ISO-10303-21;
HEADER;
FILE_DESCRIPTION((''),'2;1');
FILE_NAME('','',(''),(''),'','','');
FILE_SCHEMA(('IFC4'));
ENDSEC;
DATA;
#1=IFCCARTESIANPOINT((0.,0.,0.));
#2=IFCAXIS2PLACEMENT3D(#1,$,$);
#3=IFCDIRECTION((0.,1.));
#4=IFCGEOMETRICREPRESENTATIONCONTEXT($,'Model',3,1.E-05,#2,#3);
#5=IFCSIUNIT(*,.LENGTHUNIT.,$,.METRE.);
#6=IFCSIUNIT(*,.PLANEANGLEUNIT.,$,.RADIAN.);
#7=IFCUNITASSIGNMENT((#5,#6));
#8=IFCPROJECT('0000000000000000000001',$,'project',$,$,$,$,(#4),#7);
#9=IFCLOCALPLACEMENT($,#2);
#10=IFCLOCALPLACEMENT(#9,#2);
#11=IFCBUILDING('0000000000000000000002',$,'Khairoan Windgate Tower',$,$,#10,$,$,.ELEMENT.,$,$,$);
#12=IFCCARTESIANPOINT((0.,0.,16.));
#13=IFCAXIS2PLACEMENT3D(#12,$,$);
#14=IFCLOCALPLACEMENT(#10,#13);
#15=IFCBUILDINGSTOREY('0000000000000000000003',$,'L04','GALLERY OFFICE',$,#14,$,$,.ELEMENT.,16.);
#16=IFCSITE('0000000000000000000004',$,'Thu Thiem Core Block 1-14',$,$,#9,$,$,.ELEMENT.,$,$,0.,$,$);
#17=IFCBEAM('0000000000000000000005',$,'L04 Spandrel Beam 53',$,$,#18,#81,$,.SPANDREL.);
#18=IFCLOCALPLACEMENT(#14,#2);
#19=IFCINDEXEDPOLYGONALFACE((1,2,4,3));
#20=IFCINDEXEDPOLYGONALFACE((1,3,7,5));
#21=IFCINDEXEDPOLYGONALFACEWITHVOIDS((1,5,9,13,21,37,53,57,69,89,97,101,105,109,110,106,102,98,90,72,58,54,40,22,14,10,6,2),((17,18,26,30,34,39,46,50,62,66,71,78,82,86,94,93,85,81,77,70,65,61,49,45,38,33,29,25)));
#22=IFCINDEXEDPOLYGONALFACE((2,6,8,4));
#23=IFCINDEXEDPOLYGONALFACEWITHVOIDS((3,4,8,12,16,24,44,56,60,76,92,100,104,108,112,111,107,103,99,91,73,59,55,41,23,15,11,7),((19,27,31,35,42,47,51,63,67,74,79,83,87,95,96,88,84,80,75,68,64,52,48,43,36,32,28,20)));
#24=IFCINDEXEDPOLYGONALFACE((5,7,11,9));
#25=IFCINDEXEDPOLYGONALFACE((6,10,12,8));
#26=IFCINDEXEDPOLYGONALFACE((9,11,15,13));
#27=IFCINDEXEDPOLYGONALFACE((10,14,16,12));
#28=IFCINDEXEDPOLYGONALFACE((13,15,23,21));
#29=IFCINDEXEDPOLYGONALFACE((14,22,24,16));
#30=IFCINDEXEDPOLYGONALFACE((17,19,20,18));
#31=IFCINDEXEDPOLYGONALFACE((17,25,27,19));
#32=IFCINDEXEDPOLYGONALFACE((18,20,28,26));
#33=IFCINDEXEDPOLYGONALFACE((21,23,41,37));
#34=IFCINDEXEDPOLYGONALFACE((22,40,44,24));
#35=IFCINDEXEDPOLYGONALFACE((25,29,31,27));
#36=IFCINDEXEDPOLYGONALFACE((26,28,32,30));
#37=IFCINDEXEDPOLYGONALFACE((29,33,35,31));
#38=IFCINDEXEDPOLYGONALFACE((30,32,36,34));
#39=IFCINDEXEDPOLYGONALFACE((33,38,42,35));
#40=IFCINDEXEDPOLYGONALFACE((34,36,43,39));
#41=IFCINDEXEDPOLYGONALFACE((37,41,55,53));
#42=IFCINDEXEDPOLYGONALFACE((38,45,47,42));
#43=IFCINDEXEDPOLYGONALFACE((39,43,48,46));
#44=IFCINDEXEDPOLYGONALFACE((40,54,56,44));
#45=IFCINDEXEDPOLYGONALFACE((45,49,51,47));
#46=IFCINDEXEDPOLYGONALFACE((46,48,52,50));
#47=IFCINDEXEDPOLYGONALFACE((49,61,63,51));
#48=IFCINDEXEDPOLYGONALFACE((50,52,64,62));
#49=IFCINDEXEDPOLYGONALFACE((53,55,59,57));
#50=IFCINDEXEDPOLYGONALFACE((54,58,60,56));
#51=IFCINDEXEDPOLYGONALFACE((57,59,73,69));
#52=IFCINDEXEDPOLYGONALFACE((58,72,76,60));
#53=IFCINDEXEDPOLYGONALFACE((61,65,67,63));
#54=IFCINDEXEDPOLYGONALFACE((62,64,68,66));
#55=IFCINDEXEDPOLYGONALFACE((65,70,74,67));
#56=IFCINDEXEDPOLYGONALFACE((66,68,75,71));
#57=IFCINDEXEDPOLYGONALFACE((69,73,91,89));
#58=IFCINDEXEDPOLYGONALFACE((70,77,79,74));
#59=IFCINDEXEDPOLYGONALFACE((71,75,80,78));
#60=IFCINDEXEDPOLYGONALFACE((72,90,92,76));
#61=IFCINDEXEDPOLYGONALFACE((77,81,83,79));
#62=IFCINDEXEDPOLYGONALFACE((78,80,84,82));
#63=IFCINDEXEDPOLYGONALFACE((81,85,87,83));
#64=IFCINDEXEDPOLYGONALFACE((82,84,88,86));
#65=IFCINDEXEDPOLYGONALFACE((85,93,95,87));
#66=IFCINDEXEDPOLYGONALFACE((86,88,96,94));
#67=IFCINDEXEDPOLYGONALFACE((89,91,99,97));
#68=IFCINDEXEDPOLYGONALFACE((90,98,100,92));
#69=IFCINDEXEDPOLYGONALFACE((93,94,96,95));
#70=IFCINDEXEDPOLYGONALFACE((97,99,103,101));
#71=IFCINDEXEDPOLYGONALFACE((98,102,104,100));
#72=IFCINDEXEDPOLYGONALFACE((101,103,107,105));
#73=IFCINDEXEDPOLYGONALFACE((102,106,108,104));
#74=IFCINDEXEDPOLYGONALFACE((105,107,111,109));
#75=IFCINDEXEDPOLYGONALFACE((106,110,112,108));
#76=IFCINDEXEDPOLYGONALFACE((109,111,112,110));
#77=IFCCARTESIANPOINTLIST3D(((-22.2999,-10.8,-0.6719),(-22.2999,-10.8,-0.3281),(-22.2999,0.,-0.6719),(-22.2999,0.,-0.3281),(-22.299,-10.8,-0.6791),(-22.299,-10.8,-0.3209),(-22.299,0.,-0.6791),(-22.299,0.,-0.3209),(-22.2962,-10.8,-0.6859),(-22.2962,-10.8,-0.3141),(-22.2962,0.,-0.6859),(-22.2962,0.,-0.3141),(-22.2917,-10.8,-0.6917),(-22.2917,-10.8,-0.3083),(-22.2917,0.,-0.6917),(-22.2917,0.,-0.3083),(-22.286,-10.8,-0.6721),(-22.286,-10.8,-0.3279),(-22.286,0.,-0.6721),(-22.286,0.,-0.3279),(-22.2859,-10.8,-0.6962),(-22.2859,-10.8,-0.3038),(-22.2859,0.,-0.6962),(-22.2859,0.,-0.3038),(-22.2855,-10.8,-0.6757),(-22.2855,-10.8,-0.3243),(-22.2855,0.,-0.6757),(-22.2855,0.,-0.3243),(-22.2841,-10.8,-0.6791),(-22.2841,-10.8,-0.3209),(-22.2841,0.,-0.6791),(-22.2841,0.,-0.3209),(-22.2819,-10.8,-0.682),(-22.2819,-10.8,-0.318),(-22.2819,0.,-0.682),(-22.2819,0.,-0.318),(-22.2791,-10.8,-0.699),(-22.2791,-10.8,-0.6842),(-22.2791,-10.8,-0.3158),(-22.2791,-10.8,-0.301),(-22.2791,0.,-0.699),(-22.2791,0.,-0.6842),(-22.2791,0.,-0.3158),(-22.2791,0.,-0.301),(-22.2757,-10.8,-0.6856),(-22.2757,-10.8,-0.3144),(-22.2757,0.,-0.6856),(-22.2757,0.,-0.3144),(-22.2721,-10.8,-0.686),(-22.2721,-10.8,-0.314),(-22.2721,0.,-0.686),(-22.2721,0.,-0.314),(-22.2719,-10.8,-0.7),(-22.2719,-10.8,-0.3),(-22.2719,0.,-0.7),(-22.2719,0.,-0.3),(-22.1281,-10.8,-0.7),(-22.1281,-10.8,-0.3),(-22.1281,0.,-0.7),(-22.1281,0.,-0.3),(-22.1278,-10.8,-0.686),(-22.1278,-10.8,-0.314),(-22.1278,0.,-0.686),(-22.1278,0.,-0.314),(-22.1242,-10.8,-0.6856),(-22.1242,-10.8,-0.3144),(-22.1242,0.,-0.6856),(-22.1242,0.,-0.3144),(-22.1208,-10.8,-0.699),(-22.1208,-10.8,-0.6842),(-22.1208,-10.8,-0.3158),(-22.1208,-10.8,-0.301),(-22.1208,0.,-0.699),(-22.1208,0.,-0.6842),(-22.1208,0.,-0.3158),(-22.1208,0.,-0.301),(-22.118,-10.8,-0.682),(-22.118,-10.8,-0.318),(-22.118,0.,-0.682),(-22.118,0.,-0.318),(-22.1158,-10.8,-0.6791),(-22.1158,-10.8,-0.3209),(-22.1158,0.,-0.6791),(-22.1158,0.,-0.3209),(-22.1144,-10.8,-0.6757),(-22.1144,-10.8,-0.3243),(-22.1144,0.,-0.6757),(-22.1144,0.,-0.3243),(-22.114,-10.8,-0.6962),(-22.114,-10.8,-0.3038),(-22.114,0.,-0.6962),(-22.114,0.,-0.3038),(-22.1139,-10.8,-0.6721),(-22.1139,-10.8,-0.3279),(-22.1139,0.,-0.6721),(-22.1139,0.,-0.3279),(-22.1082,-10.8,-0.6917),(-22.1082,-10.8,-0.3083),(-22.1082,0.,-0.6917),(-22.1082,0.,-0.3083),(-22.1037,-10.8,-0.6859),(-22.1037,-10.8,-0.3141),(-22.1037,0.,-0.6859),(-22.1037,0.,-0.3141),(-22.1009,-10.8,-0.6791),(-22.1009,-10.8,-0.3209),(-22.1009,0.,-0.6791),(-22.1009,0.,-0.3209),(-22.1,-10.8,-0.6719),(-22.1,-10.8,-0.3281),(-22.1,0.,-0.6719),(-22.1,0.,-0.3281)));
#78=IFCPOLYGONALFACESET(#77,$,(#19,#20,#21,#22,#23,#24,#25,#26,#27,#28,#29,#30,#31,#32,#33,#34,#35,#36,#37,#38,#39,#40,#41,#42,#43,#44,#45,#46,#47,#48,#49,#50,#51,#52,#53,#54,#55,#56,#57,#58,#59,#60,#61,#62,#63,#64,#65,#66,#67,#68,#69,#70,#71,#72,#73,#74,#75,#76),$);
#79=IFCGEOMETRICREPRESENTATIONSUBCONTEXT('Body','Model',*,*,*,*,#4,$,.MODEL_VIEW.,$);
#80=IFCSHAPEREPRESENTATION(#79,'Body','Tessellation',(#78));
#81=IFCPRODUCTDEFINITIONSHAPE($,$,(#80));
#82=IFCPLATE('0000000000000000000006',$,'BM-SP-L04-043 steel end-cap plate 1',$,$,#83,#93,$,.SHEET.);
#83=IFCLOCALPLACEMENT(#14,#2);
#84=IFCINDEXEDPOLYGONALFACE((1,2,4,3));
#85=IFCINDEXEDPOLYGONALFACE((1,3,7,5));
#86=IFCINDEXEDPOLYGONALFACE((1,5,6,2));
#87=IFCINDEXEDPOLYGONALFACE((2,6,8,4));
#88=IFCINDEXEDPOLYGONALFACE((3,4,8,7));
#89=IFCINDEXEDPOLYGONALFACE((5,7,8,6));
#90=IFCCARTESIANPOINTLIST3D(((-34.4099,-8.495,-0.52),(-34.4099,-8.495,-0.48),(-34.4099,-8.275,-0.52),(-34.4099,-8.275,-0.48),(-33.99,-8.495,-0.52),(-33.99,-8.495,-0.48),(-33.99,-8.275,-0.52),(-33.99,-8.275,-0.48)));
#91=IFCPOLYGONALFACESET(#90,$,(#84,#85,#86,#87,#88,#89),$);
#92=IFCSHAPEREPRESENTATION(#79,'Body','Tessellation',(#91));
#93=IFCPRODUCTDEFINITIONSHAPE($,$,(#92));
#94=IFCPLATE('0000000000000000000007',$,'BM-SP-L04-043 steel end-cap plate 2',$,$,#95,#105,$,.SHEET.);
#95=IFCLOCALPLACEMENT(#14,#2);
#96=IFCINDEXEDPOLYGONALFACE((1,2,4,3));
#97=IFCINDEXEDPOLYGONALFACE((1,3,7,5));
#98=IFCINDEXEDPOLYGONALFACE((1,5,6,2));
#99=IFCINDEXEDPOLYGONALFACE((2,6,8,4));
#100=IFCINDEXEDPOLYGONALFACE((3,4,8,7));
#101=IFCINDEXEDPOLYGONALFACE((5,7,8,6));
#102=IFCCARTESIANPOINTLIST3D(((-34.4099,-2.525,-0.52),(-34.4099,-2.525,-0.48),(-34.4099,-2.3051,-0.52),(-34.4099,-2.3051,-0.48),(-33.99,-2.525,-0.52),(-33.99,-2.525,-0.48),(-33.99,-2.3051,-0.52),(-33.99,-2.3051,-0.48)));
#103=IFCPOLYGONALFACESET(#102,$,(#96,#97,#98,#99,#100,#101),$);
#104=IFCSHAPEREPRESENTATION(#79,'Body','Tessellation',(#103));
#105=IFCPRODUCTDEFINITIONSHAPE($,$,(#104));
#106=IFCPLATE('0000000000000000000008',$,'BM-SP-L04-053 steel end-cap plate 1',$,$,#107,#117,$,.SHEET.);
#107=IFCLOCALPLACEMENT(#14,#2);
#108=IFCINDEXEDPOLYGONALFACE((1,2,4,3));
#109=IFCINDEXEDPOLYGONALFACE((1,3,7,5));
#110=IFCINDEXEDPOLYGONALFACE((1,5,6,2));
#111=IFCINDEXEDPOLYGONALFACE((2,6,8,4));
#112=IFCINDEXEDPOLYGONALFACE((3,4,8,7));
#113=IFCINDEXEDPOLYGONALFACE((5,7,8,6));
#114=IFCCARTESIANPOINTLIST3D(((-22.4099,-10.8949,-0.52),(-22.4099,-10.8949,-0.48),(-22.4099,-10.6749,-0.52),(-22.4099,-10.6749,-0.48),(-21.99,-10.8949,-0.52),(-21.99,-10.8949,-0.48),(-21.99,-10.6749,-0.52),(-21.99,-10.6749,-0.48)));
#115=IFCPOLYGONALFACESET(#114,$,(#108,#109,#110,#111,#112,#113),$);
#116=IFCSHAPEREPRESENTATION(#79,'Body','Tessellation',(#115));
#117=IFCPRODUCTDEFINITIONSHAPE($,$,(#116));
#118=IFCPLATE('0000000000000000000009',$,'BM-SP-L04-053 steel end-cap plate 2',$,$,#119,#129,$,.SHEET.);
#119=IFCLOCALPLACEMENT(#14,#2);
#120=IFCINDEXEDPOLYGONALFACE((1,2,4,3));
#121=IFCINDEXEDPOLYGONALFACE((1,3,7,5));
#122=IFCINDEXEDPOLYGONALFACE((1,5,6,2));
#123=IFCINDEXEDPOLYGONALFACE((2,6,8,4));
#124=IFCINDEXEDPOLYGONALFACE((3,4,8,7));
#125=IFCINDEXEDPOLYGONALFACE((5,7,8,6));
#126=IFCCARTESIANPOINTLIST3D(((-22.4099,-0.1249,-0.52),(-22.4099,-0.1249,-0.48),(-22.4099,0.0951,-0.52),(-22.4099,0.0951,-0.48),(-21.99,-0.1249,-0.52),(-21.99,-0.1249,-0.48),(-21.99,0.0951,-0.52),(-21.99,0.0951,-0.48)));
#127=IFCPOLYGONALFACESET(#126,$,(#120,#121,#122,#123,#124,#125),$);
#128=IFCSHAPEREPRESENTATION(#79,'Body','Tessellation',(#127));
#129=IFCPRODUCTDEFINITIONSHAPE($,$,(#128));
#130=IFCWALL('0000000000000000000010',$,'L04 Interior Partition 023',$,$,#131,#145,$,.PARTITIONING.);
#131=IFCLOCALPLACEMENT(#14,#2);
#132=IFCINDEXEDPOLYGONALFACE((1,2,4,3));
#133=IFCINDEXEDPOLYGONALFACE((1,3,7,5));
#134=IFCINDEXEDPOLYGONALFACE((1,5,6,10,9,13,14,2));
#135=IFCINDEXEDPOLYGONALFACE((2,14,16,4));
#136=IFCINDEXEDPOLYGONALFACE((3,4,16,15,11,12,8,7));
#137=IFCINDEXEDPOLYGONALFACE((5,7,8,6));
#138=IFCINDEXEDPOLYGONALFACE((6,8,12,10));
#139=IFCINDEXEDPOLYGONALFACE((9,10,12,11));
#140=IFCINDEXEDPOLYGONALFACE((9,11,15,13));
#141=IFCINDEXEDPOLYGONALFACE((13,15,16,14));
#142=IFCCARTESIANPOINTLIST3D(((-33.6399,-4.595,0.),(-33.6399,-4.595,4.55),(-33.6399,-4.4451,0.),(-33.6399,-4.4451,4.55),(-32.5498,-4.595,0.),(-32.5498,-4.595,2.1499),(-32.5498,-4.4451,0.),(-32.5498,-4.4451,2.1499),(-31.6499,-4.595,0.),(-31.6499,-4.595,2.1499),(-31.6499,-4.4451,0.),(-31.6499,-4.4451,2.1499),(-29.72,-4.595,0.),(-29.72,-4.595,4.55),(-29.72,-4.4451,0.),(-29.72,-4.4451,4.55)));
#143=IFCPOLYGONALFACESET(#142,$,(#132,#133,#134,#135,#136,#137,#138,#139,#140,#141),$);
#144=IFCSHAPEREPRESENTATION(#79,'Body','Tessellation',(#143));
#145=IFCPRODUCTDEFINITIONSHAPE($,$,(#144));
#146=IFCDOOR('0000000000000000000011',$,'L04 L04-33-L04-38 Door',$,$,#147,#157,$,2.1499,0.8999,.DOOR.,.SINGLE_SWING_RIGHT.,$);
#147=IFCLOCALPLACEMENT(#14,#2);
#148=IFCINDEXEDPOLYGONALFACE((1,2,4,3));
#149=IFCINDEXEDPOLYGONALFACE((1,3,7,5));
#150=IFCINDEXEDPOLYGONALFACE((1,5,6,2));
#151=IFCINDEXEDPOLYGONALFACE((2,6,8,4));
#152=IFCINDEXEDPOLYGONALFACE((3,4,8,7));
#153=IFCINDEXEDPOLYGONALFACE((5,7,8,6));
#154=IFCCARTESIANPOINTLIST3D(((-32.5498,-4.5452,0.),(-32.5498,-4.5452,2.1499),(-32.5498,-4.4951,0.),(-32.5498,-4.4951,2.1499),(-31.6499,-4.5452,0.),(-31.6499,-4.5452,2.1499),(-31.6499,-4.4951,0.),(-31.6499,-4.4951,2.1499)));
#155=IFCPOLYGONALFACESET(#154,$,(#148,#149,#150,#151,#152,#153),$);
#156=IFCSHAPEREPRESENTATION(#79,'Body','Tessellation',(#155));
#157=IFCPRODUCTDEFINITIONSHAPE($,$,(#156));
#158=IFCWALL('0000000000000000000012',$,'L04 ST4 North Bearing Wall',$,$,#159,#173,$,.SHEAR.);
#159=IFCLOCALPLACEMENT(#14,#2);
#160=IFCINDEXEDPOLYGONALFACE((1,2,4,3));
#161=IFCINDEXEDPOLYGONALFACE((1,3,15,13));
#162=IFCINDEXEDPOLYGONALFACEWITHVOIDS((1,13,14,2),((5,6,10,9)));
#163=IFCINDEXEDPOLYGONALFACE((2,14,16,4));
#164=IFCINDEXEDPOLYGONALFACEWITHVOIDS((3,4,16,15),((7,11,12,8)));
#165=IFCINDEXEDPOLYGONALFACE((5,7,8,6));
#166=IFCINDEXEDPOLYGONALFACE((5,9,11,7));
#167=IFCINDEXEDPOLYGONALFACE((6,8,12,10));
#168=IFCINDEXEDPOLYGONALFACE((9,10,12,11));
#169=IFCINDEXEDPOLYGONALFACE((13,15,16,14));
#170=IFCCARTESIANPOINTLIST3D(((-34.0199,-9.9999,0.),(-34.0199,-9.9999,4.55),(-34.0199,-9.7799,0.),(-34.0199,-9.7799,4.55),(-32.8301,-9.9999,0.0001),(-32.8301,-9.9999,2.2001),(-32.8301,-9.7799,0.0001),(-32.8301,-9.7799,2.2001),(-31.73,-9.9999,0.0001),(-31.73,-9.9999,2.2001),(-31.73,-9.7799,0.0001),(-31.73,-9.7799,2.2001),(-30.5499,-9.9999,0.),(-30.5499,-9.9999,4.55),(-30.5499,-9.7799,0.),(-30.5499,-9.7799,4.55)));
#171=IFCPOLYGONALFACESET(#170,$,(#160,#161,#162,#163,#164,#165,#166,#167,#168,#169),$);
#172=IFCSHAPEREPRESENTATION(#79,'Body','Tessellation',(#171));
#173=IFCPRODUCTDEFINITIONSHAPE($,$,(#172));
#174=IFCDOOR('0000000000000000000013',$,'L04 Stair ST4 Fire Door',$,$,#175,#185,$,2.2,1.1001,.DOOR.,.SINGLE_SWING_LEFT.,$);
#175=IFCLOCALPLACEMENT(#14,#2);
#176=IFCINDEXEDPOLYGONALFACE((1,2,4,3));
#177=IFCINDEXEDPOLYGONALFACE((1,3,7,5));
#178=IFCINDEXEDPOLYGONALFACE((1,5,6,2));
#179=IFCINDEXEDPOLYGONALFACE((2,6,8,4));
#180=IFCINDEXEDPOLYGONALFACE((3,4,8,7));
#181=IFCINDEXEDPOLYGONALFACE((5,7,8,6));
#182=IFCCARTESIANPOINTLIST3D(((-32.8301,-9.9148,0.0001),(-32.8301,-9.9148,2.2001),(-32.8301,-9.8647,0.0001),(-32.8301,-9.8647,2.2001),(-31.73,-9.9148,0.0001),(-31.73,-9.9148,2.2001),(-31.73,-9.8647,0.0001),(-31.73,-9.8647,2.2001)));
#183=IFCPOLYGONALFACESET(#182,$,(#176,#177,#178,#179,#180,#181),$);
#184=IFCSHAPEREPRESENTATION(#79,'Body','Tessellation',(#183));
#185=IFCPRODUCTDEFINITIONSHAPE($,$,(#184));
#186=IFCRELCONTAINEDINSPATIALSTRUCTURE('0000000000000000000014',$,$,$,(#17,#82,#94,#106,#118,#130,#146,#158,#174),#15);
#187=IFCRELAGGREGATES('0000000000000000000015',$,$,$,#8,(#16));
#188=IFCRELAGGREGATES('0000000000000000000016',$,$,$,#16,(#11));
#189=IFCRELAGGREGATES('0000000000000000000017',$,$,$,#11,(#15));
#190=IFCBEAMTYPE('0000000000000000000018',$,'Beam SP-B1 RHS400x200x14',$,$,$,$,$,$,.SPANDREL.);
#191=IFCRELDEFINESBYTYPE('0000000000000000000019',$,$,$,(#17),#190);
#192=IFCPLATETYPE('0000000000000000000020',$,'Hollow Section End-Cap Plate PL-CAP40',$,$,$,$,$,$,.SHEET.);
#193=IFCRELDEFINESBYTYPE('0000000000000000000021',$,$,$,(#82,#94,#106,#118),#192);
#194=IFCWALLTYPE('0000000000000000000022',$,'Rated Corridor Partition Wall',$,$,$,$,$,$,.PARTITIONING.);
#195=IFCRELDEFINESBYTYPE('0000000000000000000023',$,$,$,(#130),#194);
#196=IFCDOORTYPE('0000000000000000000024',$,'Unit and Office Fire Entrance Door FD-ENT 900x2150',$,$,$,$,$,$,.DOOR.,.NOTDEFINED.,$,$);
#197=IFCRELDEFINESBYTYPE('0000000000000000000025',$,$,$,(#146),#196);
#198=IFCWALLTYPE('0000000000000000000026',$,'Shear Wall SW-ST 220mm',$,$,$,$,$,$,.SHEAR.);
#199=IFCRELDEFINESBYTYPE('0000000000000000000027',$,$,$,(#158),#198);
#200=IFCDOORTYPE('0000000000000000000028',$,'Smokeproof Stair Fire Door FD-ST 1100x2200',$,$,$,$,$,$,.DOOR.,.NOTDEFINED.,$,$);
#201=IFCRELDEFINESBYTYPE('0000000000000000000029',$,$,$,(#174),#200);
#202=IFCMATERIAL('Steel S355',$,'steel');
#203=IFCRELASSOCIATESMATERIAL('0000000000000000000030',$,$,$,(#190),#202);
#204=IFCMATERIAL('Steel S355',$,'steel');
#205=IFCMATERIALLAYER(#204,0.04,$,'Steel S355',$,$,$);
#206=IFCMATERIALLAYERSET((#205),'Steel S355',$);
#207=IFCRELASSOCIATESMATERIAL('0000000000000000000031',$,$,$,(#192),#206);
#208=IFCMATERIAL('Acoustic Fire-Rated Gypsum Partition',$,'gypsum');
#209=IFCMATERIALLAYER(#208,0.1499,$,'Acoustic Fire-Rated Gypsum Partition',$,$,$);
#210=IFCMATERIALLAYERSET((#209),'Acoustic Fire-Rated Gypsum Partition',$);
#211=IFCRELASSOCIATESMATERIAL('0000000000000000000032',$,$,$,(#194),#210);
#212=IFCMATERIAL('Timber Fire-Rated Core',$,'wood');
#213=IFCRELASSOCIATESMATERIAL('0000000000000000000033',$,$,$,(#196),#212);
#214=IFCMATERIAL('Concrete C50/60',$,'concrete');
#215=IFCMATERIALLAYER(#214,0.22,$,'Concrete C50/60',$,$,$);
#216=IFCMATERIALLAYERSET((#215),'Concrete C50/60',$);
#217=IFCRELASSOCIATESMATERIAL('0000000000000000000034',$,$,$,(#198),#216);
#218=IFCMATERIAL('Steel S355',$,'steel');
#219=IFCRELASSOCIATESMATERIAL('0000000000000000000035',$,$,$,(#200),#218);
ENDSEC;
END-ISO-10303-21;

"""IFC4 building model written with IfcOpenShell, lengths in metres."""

from ifc_helpers import new_model, si_unit, direction, frame, frame_2d, origin, origin_2d, place, context, subcontext, project, spatial, rectangle, hollow_rectangle, extrude, material, layer, layer_set, material_profile, profile_set, type_object, element, fill, save


model = new_model("IFC4")

# Units and contexts
model_context = context("Model", 3, precision=1e-05, world=origin(), true_north=direction((0.0, 1.0)))
body_context = subcontext(model_context, "Body", "Model", "MODEL_VIEW")
ifc_project = project(units=[si_unit("LENGTHUNIT", "METRE"), si_unit("PLANEANGLEUNIT", "RADIAN")], contexts=[model_context])

# Site, building, storey
site_placement = place(None, origin())
site = spatial("IfcSite", under=ifc_project, at=site_placement, Name="Thu Thiem Core Block 1-14", CompositionType="ELEMENT", RefElevation=0.0)
building_placement = place(site_placement, origin())
building = spatial("IfcBuilding", under=site, at=building_placement, Name="Khairoan Windgate Tower", CompositionType="ELEMENT")
storey_placement = place(building_placement, frame((0.0, 0.0, 16.0)))
storey = spatial("IfcBuildingStorey", under=building, at=storey_placement, Name="L04", Description="GALLERY OFFICE", CompositionType="ELEMENT", Elevation=16.0)

# Beam
ifc_material_1 = material(Name="Steel S355", Category="steel")
ifc_material_profile_1 = material_profile(ifc_material_1, hollow_rectangle(XDim=0.2, YDim=0.3999, WallThickness=0.0139, InnerFilletRadius=0.0139, OuterFilletRadius=0.0281, at=origin_2d()))
ifc_profile_set_1 = profile_set([ifc_material_profile_1], Name="Steel S355")
beam_type_1 = type_object("IfcBeamType", Name="Beam SP-B1 RHS400x200x14", PredefinedType="SPANDREL", material=ifc_profile_set_1)
beam_1_placement = place(storey_placement, frame((-22.2, -10.8, -0.5), z_axis=(0.0, 1.0, 0.0), x_axis=(-1.0, 0.0, 0.0)))
element("IfcBeam", 1, at=beam_1_placement, inside=storey, type_object=beam_type_1, Name="L04 Spandrel Beam 53", PredefinedType="SPANDREL", context=body_context, shape_type="SweptSolid", body=[
    extrude(hollow_rectangle(XDim=0.2, YDim=0.3999, WallThickness=0.0139, InnerFilletRadius=0.0139, OuterFilletRadius=0.0281, at=origin_2d()), origin(), (0.0, 0.0, 1.0), 10.8),
])

# Plates
ifc_material_2 = material(Name="Steel S355", Category="steel")
ifc_layer_1 = layer(ifc_material_2, 0.04, Name="Steel S355")
ifc_layer_set_1 = layer_set([ifc_layer_1], Name="Steel S355")
plate_type = type_object("IfcPlateType", Name="Hollow Section End-Cap Plate PL-CAP40", PredefinedType="SHEET", material=ifc_layer_set_1)
for number, where, z_axis, x_axis, name in (
    (2, (-34.2, -8.385, -0.52), (0.0, 0.0, 1.0), (0.0, 1.0, 0.0), "BM-SP-L04-043 steel end-cap plate 1"),
    (3, (-34.2, -2.415, -0.52), (0.0, 0.0, 1.0), (0.0, 1.0, 0.0), "BM-SP-L04-043 steel end-cap plate 2"),
    (4, (-22.2, -10.7849, -0.52), (0.0, 0.0, 1.0), (0.0, 1.0, 0.0), "BM-SP-L04-053 steel end-cap plate 1"),
    (5, (-22.2, -0.0149, -0.52), (0.0, 0.0, 1.0), (0.0, 1.0, 0.0), "BM-SP-L04-053 steel end-cap plate 2"),
):
    element("IfcPlate", number, at=place(storey_placement, frame(where, z_axis=z_axis, x_axis=x_axis)), inside=storey, type_object=plate_type, Name=name, PredefinedType="SHEET", context=body_context, shape_type="SweptSolid", body=[
        extrude(rectangle(XDim=0.22, YDim=0.4199, at=origin_2d()), origin(), (0.0, 0.0, 1.0), 0.04),
    ])

# Walls, openings, doors
ifc_material_3 = material(Name="Acoustic Fire-Rated Gypsum Partition", Category="gypsum")
ifc_layer_2 = layer(ifc_material_3, 0.1499, Name="Acoustic Fire-Rated Gypsum Partition")
ifc_layer_set_2 = layer_set([ifc_layer_2], Name="Acoustic Fire-Rated Gypsum Partition")
wall_type_1 = type_object("IfcWallType", Name="Rated Corridor Partition Wall", PredefinedType="PARTITIONING", material=ifc_layer_set_2)
wall_1_placement = place(storey_placement, frame((-33.6399, -4.52, 0.0), z_axis=(0.0, 0.0, 1.0), x_axis=(1.0, 0.0, 0.0)))
wall_1 = element("IfcWall", 6, at=wall_1_placement, inside=storey, type_object=wall_type_1, Name="L04 Interior Partition 023", PredefinedType="PARTITIONING", context=body_context, shape_type="SweptSolid", body=[
    extrude(rectangle(XDim=3.9199, YDim=0.1499, at=frame_2d((1.96, 0.0))), origin(), (0.0, 0.0, 1.0), 4.55),
])
opening_1_placement = place(wall_1_placement, frame((1.0901, 0.0, 0.0)))
opening_1 = element("IfcOpeningElement", 7, at=opening_1_placement, cuts=wall_1, PredefinedType="OPENING", context=body_context, shape_type="SweptSolid", body=[
    extrude(rectangle(XDim=0.8999, YDim=2.1499, at=frame_2d((0.45, 1.075))), frame((0.0, 0.085, 0.0), z_axis=(0.0, -1.0, 0.0), x_axis=(1.0, 0.0, 0.0)), (0.0, 0.0, 1.0), 0.1699),
])
ifc_material_4 = material(Name="Timber Fire-Rated Core", Category="wood")
door_type_1 = type_object("IfcDoorType", Name="Unit and Office Fire Entrance Door FD-ENT 900x2150", OperationType="NOTDEFINED", PredefinedType="DOOR", material=ifc_material_4)
door_1_placement = place(opening_1_placement, origin())
door_1 = element("IfcDoor", 8, at=door_1_placement, inside=storey, type_object=door_type_1, Name="L04 L04-33-L04-38 Door", OperationType="SINGLE_SWING_RIGHT", OverallHeight=2.1499, OverallWidth=0.8999, PredefinedType="DOOR", context=body_context, shape_type="SweptSolid", body=[
    extrude(rectangle(XDim=0.8999, YDim=2.1499, at=frame_2d((0.45, 1.075))), frame((0.0, 0.0249, 0.0), z_axis=(0.0, -1.0, 0.0), x_axis=(1.0, 0.0, 0.0)), (0.0, 0.0, 1.0), 0.05),
])
fill(opening_1, door_1)
ifc_material_5 = material(Name="Concrete C50/60", Category="concrete")
ifc_layer_3 = layer(ifc_material_5, 0.22, Name="Concrete C50/60")
ifc_layer_set_3 = layer_set([ifc_layer_3], Name="Concrete C50/60")
wall_type_2 = type_object("IfcWallType", Name="Shear Wall SW-ST 220mm", PredefinedType="SHEAR", material=ifc_layer_set_3)
wall_2_placement = place(storey_placement, frame((-30.55, -9.8899, 0.0), z_axis=(0.0, 0.0, 1.0), x_axis=(-1.0, 0.0, 0.0)))
wall_2 = element("IfcWall", 9, at=wall_2_placement, inside=storey, type_object=wall_type_2, Name="L04 ST4 North Bearing Wall", PredefinedType="SHEAR", context=body_context, shape_type="SweptSolid", body=[
    extrude(rectangle(XDim=3.47, YDim=0.22, at=frame_2d((1.7349, 0.0))), origin(), (0.0, 0.0, 1.0), 4.55),
])
opening_2_placement = place(wall_2_placement, frame((1.1799, 0.0, 0.0)))
opening_2 = element("IfcOpeningElement", 10, at=opening_2_placement, cuts=wall_2, PredefinedType="OPENING", context=body_context, shape_type="SweptSolid", body=[
    extrude(rectangle(XDim=1.1001, YDim=2.2, at=frame_2d((0.55, 1.1001))), frame((0.0, 0.1199, 0.0), z_axis=(0.0, -1.0, 0.0), x_axis=(1.0, 0.0, 0.0)), (0.0, 0.0, 1.0), 0.24),
])
ifc_material_6 = material(Name="Steel S355", Category="steel")
door_type_2 = type_object("IfcDoorType", Name="Smokeproof Stair Fire Door FD-ST 1100x2200", OperationType="NOTDEFINED", PredefinedType="DOOR", material=ifc_material_6)
door_2_placement = place(opening_2_placement, origin())
door_2 = element("IfcDoor", 11, at=door_2_placement, inside=storey, type_object=door_type_2, Name="L04 Stair ST4 Fire Door", OperationType="SINGLE_SWING_LEFT", OverallHeight=2.2, OverallWidth=1.1001, PredefinedType="DOOR", context=body_context, shape_type="SweptSolid", body=[
    extrude(rectangle(XDim=1.1001, YDim=2.2, at=frame_2d((0.55, 1.1001))), frame((0.0, 0.0249, 0.0), z_axis=(0.0, -1.0, 0.0), x_axis=(1.0, 0.0, 0.0)), (0.0, 0.0, 1.0), 0.05),
])
fill(opening_2, door_2)

save(model, "model.ifc")
